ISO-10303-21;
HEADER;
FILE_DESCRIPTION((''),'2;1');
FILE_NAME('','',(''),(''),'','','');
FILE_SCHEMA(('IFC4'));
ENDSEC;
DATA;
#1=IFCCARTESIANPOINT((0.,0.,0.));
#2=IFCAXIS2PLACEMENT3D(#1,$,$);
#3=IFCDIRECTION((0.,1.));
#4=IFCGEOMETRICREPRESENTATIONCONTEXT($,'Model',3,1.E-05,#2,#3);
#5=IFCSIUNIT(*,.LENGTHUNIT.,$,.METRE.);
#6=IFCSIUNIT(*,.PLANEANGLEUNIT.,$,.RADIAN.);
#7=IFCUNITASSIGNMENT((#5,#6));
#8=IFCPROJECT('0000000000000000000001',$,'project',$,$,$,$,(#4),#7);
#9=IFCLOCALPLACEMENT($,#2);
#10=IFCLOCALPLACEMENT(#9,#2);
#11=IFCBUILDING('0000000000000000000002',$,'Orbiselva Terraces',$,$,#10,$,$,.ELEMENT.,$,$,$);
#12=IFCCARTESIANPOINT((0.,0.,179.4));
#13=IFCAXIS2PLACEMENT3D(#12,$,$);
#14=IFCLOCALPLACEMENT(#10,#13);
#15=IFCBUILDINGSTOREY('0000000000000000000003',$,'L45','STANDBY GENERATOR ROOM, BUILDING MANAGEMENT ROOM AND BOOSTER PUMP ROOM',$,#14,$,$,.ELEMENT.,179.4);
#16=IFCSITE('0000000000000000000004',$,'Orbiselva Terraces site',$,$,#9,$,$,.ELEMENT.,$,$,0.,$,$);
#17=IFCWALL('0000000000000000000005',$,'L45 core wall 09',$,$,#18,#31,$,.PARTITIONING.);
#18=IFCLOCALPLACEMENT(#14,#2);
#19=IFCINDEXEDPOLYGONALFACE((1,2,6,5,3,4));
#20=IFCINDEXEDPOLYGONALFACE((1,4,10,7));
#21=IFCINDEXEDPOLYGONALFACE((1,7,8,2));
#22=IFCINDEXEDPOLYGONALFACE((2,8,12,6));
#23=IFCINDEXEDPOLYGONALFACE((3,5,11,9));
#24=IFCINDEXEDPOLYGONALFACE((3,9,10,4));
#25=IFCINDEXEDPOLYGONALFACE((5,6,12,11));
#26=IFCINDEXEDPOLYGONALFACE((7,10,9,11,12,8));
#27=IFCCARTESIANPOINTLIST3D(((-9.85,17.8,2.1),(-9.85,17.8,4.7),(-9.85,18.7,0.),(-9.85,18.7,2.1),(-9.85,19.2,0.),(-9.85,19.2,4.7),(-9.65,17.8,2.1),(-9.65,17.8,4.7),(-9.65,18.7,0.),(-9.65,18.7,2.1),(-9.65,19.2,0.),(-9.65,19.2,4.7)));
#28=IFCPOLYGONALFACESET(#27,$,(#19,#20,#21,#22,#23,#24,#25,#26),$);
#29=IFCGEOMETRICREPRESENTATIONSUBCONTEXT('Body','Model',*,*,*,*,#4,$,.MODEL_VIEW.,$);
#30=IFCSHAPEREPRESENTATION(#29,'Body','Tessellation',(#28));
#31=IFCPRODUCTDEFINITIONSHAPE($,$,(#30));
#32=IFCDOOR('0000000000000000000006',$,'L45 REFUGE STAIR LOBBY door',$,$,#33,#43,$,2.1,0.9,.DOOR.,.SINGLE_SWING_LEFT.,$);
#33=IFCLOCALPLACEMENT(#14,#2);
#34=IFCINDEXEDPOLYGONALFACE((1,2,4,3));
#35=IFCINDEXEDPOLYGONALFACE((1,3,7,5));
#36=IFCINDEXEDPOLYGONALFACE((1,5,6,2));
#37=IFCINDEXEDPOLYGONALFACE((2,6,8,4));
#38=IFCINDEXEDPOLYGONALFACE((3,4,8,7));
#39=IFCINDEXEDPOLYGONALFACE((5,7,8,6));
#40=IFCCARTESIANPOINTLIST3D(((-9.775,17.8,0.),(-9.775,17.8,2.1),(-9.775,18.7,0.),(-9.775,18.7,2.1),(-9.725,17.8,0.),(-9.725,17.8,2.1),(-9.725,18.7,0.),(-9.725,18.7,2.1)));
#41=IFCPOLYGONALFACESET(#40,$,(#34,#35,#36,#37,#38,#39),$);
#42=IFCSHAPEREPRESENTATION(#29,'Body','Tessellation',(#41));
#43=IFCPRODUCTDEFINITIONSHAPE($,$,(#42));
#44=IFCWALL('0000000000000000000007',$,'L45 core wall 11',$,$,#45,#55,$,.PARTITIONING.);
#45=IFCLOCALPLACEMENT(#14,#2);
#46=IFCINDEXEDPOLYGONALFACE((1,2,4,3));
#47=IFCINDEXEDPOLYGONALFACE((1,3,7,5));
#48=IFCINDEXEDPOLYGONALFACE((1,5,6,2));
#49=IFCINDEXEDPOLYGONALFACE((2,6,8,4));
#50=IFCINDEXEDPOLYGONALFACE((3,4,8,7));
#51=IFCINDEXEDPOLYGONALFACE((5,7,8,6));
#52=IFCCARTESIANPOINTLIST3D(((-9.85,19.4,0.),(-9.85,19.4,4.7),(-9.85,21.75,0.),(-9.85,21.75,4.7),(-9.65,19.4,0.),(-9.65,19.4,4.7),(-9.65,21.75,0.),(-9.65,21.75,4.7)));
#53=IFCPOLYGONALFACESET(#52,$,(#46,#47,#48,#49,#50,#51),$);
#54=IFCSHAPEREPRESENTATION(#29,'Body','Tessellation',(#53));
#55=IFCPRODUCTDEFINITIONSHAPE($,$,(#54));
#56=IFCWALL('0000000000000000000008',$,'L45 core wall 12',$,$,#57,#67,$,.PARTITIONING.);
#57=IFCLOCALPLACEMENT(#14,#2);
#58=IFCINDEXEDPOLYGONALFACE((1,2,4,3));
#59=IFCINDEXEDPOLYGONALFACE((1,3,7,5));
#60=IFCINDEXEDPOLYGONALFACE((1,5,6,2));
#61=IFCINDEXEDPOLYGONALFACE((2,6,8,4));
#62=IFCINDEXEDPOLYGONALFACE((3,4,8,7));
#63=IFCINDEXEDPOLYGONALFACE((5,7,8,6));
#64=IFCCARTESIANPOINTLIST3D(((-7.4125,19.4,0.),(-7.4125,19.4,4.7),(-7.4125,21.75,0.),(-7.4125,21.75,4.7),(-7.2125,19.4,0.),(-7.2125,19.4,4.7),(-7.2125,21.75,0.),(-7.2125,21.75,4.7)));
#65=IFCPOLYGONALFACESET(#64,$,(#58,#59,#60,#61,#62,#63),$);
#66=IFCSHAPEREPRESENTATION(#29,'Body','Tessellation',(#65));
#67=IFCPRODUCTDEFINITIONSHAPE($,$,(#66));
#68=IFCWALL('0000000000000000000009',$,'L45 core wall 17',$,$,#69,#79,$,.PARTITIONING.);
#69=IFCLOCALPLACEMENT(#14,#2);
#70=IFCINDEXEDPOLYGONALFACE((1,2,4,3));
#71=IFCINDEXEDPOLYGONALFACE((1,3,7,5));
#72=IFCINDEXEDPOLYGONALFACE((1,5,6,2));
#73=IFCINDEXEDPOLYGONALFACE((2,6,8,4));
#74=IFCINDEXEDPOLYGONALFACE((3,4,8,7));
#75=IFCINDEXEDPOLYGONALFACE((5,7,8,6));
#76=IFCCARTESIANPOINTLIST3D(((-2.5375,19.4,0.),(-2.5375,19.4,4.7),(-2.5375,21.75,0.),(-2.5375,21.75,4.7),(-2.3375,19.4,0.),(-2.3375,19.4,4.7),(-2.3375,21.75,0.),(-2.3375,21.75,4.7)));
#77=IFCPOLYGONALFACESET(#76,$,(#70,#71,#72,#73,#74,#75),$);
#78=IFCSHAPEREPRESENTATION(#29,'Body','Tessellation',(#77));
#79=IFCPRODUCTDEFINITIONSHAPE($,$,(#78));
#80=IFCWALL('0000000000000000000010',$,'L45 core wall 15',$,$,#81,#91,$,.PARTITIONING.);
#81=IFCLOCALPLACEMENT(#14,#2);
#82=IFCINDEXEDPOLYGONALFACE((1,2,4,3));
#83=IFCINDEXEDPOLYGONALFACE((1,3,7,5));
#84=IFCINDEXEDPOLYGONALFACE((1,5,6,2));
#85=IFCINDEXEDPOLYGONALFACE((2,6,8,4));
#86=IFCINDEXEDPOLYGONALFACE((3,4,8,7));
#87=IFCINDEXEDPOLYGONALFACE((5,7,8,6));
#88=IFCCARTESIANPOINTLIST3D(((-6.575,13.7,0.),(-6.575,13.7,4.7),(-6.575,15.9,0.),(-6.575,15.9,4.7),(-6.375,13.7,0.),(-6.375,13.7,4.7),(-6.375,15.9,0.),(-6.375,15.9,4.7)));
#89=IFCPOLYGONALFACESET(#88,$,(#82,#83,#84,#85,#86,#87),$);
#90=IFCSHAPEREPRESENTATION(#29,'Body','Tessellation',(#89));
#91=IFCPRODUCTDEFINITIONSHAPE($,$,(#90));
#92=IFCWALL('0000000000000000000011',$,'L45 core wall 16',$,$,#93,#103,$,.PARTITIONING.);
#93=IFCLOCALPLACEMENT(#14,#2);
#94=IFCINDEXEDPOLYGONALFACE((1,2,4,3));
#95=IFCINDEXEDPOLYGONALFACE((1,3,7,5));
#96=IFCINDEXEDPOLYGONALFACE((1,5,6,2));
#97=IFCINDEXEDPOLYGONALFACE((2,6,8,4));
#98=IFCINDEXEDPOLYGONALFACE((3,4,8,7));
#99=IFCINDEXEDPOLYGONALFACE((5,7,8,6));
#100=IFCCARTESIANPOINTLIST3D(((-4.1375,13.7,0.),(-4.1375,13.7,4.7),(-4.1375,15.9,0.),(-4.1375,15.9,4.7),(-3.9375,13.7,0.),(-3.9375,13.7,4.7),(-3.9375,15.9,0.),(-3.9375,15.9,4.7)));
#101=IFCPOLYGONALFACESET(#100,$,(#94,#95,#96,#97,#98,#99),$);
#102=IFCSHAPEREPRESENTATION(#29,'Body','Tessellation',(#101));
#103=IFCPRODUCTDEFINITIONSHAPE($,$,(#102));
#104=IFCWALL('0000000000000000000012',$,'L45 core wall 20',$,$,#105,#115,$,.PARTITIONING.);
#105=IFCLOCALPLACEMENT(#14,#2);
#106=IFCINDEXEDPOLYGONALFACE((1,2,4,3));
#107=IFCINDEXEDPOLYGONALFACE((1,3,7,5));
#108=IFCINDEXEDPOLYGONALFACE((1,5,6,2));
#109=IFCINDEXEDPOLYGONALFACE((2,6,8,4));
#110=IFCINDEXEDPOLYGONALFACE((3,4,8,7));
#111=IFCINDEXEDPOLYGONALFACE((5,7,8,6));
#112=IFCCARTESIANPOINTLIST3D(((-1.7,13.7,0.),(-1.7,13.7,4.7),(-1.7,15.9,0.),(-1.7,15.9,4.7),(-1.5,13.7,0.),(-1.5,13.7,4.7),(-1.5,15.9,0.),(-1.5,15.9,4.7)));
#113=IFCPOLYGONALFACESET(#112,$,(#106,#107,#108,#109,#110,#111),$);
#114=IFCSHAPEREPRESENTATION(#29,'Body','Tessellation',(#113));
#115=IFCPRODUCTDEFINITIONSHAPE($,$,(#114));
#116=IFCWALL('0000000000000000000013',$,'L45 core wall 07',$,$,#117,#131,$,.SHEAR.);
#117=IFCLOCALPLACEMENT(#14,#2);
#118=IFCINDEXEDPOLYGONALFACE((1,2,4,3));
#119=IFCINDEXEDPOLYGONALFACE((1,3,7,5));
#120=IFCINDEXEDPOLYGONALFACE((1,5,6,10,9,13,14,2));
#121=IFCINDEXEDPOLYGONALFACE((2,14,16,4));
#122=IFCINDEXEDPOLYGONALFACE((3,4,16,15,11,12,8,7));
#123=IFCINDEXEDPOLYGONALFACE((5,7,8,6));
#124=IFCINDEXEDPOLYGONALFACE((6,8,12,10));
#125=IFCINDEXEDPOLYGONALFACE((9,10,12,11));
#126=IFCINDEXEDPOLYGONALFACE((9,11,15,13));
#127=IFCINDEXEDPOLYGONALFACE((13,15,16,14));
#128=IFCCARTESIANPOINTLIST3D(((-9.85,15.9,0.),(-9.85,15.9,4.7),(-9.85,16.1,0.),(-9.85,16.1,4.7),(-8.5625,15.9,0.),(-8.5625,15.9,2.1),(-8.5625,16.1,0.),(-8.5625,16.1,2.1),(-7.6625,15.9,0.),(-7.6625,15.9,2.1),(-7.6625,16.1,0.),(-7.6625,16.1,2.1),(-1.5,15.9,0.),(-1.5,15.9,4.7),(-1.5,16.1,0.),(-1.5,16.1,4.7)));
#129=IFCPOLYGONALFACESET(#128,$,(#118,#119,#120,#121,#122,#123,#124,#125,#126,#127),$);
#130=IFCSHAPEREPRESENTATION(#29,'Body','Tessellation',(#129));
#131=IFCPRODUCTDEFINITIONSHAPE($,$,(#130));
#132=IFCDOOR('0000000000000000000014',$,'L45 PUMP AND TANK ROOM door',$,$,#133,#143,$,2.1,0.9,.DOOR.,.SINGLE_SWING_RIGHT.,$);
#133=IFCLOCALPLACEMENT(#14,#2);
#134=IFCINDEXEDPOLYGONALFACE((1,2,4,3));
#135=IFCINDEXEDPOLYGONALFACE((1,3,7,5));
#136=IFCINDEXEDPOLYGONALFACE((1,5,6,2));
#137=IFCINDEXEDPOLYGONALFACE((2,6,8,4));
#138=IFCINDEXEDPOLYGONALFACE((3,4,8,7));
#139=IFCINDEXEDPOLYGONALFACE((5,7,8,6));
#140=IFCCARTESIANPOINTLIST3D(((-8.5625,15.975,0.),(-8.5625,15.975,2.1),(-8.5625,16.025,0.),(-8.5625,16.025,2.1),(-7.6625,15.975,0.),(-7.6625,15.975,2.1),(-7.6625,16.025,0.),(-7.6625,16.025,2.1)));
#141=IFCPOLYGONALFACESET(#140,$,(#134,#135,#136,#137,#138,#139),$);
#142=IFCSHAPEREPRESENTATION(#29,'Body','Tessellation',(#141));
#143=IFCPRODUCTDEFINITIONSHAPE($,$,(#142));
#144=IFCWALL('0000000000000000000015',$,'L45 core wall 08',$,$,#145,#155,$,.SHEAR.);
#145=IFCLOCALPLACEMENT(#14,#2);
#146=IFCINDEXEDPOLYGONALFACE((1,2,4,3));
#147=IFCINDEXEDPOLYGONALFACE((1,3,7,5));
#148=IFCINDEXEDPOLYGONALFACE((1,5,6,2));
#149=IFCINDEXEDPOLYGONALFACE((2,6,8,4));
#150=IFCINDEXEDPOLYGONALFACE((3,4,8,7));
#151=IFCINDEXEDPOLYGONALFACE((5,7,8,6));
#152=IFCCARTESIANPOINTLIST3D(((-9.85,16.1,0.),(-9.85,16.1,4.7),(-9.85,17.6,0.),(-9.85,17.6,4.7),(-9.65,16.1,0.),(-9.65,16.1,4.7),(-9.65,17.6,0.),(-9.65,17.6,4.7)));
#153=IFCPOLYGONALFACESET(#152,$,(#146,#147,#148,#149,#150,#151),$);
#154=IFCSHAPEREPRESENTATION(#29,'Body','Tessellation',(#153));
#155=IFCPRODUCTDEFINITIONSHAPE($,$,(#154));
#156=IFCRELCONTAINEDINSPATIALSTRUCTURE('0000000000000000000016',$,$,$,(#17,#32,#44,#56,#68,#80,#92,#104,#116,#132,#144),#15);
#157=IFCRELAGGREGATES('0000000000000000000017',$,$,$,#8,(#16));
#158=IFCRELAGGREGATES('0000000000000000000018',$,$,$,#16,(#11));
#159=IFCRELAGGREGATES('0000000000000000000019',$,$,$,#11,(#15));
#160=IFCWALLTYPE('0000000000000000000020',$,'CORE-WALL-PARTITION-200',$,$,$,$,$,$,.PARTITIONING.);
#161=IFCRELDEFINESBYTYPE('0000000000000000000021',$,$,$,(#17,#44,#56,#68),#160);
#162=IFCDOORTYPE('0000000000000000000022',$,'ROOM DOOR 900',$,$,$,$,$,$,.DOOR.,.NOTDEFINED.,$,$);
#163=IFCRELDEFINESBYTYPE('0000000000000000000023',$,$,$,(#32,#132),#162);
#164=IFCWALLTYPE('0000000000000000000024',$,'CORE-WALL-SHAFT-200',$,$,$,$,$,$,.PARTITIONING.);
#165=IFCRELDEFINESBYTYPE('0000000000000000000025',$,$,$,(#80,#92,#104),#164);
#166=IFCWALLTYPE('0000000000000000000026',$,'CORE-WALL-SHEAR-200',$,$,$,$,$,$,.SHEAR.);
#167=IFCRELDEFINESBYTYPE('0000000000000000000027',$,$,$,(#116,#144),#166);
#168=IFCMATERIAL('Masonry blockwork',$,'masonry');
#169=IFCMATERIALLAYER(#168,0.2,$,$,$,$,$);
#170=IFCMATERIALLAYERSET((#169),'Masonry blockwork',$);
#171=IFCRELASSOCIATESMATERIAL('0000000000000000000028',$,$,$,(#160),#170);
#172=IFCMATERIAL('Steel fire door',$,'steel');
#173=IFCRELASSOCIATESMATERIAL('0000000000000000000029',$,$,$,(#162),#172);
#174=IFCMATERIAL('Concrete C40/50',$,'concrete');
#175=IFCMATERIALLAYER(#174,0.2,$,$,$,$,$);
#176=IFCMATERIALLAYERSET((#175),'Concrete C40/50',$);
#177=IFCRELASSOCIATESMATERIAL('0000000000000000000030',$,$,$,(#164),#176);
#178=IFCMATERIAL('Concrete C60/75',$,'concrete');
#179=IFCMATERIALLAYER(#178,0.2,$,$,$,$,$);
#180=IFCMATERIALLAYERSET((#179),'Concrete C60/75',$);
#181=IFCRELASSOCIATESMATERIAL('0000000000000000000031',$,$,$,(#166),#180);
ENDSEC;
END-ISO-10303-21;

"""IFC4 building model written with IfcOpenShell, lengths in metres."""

from ifc_helpers import new_model, si_unit, direction, frame, frame_2d, origin, place, context, subcontext, project, spatial, rectangle, extrude, material, layer, layer_set, type_object, element, fill, save


model = new_model("IFC4")

# Units and contexts
model_context = context("Model", 3, precision=1e-05, world=origin(), true_north=direction((0.0, 1.0)))
body_context = subcontext(model_context, "Body", "Model", "MODEL_VIEW")
ifc_project = project(units=[si_unit("LENGTHUNIT", "METRE"), si_unit("PLANEANGLEUNIT", "RADIAN")], contexts=[model_context])

# Site, building, storey
site_placement = place(None, origin())
site = spatial("IfcSite", under=ifc_project, at=site_placement, Name="Orbiselva Terraces site", CompositionType="ELEMENT", RefElevation=0.0)
building_placement = place(site_placement, origin())
building = spatial("IfcBuilding", under=site, at=building_placement, Name="Orbiselva Terraces", CompositionType="ELEMENT")
storey_placement = place(building_placement, frame((0.0, 0.0, 179.4)))
storey = spatial("IfcBuildingStorey", under=building, at=storey_placement, Name="L45", Description="STANDBY GENERATOR ROOM, BUILDING MANAGEMENT ROOM AND BOOSTER PUMP ROOM", CompositionType="ELEMENT", Elevation=179.4)

# Wall, opening, door
ifc_material_1 = material(Name="Masonry blockwork", Category="masonry")
ifc_layer_1 = layer(ifc_material_1, 0.2)
ifc_layer_set_1 = layer_set([ifc_layer_1], Name="Masonry blockwork")
wall_type_1 = type_object("IfcWallType", Name="CORE-WALL-PARTITION-200", PredefinedType="PARTITIONING", material=ifc_layer_set_1)
wall_1_placement = place(storey_placement, frame((-9.75, 17.8, 0.0), z_axis=(0.0, 0.0, 1.0), x_axis=(0.0, 1.0, 0.0)))
wall_1 = element("IfcWall", 1, at=wall_1_placement, inside=storey, type_object=wall_type_1, Name="L45 core wall 09", PredefinedType="PARTITIONING", context=body_context, shape_type="SweptSolid", body=[
    extrude(rectangle(XDim=1.4, YDim=0.2, at=frame_2d((0.7, 0.0))), origin(), (0.0, 0.0, 1.0), 4.7),
])
opening_1_placement = place(wall_1_placement, origin())
opening_1 = element("IfcOpeningElement", 2, at=opening_1_placement, cuts=wall_1, PredefinedType="OPENING", context=body_context, shape_type="SweptSolid", body=[
    extrude(rectangle(XDim=0.9, YDim=2.1, at=frame_2d((0.45, 1.05))), frame((0.0, 0.11, 0.0), z_axis=(0.0, -1.0, 0.0), x_axis=(1.0, 0.0, 0.0)), (0.0, 0.0, 1.0), 0.22),
])
ifc_material_2 = material(Name="Steel fire door", Category="steel")
door_type_1 = type_object("IfcDoorType", Name="ROOM DOOR 900", OperationType="NOTDEFINED", PredefinedType="DOOR", material=ifc_material_2)
door_1_placement = place(opening_1_placement, origin())
door_1 = element("IfcDoor", 3, at=door_1_placement, inside=storey, type_object=door_type_1, Name="L45 REFUGE STAIR LOBBY door", OperationType="SINGLE_SWING_LEFT", OverallHeight=2.1, OverallWidth=0.9, PredefinedType="DOOR", context=body_context, shape_type="SweptSolid", body=[
    extrude(rectangle(XDim=0.9, YDim=2.1, at=frame_2d((0.45, 1.05))), frame((0.0, 0.025, 0.0), z_axis=(0.0, -1.0, 0.0), x_axis=(1.0, 0.0, 0.0)), (0.0, 0.0, 1.0), 0.05),
])
fill(opening_1, door_1)

# Walls
for number, where, z_axis, x_axis, name in (
    (4, (-9.75, 19.4, 0.0), (0.0, 0.0, 1.0), (0.0, 1.0, 0.0), "L45 core wall 11"),
    (5, (-7.3125, 19.4, 0.0), (0.0, 0.0, 1.0), (0.0, 1.0, 0.0), "L45 core wall 12"),
    (6, (-2.4375, 19.4, 0.0), (0.0, 0.0, 1.0), (0.0, 1.0, 0.0), "L45 core wall 17"),
):
    element("IfcWall", number, at=place(storey_placement, frame(where, z_axis=z_axis, x_axis=x_axis)), inside=storey, type_object=wall_type_1, Name=name, PredefinedType="PARTITIONING", context=body_context, shape_type="SweptSolid", body=[
        extrude(rectangle(XDim=2.35, YDim=0.2, at=frame_2d((1.175, 0.0))), origin(), (0.0, 0.0, 1.0), 4.7),
    ])
ifc_material_3 = material(Name="Concrete C40/50", Category="concrete")
ifc_layer_2 = layer(ifc_material_3, 0.2)
ifc_layer_set_2 = layer_set([ifc_layer_2], Name="Concrete C40/50")
wall_type_2 = type_object("IfcWallType", Name="CORE-WALL-SHAFT-200", PredefinedType="PARTITIONING", material=ifc_layer_set_2)
for number, where, z_axis, x_axis, name in (
    (7, (-6.475, 13.7, 0.0), (0.0, 0.0, 1.0), (0.0, 1.0, 0.0), "L45 core wall 15"),
    (8, (-4.0375, 13.7, 0.0), (0.0, 0.0, 1.0), (0.0, 1.0, 0.0), "L45 core wall 16"),
    (9, (-1.6, 13.7, 0.0), (0.0, 0.0, 1.0), (0.0, 1.0, 0.0), "L45 core wall 20"),
):
    element("IfcWall", number, at=place(storey_placement, frame(where, z_axis=z_axis, x_axis=x_axis)), inside=storey, type_object=wall_type_2, Name=name, PredefinedType="PARTITIONING", context=body_context, shape_type="SweptSolid", body=[
        extrude(rectangle(XDim=2.2, YDim=0.2, at=frame_2d((1.1, 0.0))), origin(), (0.0, 0.0, 1.0), 4.7),
    ])

# Wall, opening, door
ifc_material_4 = material(Name="Concrete C60/75", Category="concrete")
ifc_layer_3 = layer(ifc_material_4, 0.2)
ifc_layer_set_3 = layer_set([ifc_layer_3], Name="Concrete C60/75")
wall_type_3 = type_object("IfcWallType", Name="CORE-WALL-SHEAR-200", PredefinedType="SHEAR", material=ifc_layer_set_3)
wall_2_placement = place(storey_placement, frame((-1.5, 16.0, 0.0), z_axis=(0.0, 0.0, 1.0), x_axis=(-1.0, 0.0, 0.0)))
wall_2 = element("IfcWall", 10, at=wall_2_placement, inside=storey, type_object=wall_type_3, Name="L45 core wall 07", PredefinedType="SHEAR", context=body_context, shape_type="SweptSolid", body=[
    extrude(rectangle(XDim=8.35, YDim=0.2, at=frame_2d((4.175, 0.0))), origin(), (0.0, 0.0, 1.0), 4.7),
])
opening_2_placement = place(wall_2_placement, frame((6.1625, 0.0, 0.0)))
opening_2 = element("IfcOpeningElement", 11, at=opening_2_placement, cuts=wall_2, PredefinedType="OPENING", context=body_context, shape_type="SweptSolid", body=[
    extrude(rectangle(XDim=0.9, YDim=2.1, at=frame_2d((0.45, 1.05))), frame((0.0, 0.11, 0.0), z_axis=(0.0, -1.0, 0.0), x_axis=(1.0, 0.0, 0.0)), (0.0, 0.0, 1.0), 0.22),
])
door_2_placement = place(opening_2_placement, origin())
door_2 = element("IfcDoor", 12, at=door_2_placement, inside=storey, type_object=door_type_1, Name="L45 PUMP AND TANK ROOM door", OperationType="SINGLE_SWING_RIGHT", OverallHeight=2.1, OverallWidth=0.9, PredefinedType="DOOR", context=body_context, shape_type="SweptSolid", body=[
    extrude(rectangle(XDim=0.9, YDim=2.1, at=frame_2d((0.45, 1.05))), frame((0.0, 0.025, 0.0), z_axis=(0.0, -1.0, 0.0), x_axis=(1.0, 0.0, 0.0)), (0.0, 0.0, 1.0), 0.05),
])
fill(opening_2, door_2)

# Wall
wall_3_placement = place(storey_placement, frame((-9.75, 16.1, 0.0), z_axis=(0.0, 0.0, 1.0), x_axis=(0.0, 1.0, 0.0)))
element("IfcWall", 13, at=wall_3_placement, inside=storey, type_object=wall_type_3, Name="L45 core wall 08", PredefinedType="SHEAR", context=body_context, shape_type="SweptSolid", body=[
    extrude(rectangle(XDim=1.5, YDim=0.2, at=frame_2d((0.75, 0.0))), origin(), (0.0, 0.0, 1.0), 4.7),
])

save(model, "model.ifc")
